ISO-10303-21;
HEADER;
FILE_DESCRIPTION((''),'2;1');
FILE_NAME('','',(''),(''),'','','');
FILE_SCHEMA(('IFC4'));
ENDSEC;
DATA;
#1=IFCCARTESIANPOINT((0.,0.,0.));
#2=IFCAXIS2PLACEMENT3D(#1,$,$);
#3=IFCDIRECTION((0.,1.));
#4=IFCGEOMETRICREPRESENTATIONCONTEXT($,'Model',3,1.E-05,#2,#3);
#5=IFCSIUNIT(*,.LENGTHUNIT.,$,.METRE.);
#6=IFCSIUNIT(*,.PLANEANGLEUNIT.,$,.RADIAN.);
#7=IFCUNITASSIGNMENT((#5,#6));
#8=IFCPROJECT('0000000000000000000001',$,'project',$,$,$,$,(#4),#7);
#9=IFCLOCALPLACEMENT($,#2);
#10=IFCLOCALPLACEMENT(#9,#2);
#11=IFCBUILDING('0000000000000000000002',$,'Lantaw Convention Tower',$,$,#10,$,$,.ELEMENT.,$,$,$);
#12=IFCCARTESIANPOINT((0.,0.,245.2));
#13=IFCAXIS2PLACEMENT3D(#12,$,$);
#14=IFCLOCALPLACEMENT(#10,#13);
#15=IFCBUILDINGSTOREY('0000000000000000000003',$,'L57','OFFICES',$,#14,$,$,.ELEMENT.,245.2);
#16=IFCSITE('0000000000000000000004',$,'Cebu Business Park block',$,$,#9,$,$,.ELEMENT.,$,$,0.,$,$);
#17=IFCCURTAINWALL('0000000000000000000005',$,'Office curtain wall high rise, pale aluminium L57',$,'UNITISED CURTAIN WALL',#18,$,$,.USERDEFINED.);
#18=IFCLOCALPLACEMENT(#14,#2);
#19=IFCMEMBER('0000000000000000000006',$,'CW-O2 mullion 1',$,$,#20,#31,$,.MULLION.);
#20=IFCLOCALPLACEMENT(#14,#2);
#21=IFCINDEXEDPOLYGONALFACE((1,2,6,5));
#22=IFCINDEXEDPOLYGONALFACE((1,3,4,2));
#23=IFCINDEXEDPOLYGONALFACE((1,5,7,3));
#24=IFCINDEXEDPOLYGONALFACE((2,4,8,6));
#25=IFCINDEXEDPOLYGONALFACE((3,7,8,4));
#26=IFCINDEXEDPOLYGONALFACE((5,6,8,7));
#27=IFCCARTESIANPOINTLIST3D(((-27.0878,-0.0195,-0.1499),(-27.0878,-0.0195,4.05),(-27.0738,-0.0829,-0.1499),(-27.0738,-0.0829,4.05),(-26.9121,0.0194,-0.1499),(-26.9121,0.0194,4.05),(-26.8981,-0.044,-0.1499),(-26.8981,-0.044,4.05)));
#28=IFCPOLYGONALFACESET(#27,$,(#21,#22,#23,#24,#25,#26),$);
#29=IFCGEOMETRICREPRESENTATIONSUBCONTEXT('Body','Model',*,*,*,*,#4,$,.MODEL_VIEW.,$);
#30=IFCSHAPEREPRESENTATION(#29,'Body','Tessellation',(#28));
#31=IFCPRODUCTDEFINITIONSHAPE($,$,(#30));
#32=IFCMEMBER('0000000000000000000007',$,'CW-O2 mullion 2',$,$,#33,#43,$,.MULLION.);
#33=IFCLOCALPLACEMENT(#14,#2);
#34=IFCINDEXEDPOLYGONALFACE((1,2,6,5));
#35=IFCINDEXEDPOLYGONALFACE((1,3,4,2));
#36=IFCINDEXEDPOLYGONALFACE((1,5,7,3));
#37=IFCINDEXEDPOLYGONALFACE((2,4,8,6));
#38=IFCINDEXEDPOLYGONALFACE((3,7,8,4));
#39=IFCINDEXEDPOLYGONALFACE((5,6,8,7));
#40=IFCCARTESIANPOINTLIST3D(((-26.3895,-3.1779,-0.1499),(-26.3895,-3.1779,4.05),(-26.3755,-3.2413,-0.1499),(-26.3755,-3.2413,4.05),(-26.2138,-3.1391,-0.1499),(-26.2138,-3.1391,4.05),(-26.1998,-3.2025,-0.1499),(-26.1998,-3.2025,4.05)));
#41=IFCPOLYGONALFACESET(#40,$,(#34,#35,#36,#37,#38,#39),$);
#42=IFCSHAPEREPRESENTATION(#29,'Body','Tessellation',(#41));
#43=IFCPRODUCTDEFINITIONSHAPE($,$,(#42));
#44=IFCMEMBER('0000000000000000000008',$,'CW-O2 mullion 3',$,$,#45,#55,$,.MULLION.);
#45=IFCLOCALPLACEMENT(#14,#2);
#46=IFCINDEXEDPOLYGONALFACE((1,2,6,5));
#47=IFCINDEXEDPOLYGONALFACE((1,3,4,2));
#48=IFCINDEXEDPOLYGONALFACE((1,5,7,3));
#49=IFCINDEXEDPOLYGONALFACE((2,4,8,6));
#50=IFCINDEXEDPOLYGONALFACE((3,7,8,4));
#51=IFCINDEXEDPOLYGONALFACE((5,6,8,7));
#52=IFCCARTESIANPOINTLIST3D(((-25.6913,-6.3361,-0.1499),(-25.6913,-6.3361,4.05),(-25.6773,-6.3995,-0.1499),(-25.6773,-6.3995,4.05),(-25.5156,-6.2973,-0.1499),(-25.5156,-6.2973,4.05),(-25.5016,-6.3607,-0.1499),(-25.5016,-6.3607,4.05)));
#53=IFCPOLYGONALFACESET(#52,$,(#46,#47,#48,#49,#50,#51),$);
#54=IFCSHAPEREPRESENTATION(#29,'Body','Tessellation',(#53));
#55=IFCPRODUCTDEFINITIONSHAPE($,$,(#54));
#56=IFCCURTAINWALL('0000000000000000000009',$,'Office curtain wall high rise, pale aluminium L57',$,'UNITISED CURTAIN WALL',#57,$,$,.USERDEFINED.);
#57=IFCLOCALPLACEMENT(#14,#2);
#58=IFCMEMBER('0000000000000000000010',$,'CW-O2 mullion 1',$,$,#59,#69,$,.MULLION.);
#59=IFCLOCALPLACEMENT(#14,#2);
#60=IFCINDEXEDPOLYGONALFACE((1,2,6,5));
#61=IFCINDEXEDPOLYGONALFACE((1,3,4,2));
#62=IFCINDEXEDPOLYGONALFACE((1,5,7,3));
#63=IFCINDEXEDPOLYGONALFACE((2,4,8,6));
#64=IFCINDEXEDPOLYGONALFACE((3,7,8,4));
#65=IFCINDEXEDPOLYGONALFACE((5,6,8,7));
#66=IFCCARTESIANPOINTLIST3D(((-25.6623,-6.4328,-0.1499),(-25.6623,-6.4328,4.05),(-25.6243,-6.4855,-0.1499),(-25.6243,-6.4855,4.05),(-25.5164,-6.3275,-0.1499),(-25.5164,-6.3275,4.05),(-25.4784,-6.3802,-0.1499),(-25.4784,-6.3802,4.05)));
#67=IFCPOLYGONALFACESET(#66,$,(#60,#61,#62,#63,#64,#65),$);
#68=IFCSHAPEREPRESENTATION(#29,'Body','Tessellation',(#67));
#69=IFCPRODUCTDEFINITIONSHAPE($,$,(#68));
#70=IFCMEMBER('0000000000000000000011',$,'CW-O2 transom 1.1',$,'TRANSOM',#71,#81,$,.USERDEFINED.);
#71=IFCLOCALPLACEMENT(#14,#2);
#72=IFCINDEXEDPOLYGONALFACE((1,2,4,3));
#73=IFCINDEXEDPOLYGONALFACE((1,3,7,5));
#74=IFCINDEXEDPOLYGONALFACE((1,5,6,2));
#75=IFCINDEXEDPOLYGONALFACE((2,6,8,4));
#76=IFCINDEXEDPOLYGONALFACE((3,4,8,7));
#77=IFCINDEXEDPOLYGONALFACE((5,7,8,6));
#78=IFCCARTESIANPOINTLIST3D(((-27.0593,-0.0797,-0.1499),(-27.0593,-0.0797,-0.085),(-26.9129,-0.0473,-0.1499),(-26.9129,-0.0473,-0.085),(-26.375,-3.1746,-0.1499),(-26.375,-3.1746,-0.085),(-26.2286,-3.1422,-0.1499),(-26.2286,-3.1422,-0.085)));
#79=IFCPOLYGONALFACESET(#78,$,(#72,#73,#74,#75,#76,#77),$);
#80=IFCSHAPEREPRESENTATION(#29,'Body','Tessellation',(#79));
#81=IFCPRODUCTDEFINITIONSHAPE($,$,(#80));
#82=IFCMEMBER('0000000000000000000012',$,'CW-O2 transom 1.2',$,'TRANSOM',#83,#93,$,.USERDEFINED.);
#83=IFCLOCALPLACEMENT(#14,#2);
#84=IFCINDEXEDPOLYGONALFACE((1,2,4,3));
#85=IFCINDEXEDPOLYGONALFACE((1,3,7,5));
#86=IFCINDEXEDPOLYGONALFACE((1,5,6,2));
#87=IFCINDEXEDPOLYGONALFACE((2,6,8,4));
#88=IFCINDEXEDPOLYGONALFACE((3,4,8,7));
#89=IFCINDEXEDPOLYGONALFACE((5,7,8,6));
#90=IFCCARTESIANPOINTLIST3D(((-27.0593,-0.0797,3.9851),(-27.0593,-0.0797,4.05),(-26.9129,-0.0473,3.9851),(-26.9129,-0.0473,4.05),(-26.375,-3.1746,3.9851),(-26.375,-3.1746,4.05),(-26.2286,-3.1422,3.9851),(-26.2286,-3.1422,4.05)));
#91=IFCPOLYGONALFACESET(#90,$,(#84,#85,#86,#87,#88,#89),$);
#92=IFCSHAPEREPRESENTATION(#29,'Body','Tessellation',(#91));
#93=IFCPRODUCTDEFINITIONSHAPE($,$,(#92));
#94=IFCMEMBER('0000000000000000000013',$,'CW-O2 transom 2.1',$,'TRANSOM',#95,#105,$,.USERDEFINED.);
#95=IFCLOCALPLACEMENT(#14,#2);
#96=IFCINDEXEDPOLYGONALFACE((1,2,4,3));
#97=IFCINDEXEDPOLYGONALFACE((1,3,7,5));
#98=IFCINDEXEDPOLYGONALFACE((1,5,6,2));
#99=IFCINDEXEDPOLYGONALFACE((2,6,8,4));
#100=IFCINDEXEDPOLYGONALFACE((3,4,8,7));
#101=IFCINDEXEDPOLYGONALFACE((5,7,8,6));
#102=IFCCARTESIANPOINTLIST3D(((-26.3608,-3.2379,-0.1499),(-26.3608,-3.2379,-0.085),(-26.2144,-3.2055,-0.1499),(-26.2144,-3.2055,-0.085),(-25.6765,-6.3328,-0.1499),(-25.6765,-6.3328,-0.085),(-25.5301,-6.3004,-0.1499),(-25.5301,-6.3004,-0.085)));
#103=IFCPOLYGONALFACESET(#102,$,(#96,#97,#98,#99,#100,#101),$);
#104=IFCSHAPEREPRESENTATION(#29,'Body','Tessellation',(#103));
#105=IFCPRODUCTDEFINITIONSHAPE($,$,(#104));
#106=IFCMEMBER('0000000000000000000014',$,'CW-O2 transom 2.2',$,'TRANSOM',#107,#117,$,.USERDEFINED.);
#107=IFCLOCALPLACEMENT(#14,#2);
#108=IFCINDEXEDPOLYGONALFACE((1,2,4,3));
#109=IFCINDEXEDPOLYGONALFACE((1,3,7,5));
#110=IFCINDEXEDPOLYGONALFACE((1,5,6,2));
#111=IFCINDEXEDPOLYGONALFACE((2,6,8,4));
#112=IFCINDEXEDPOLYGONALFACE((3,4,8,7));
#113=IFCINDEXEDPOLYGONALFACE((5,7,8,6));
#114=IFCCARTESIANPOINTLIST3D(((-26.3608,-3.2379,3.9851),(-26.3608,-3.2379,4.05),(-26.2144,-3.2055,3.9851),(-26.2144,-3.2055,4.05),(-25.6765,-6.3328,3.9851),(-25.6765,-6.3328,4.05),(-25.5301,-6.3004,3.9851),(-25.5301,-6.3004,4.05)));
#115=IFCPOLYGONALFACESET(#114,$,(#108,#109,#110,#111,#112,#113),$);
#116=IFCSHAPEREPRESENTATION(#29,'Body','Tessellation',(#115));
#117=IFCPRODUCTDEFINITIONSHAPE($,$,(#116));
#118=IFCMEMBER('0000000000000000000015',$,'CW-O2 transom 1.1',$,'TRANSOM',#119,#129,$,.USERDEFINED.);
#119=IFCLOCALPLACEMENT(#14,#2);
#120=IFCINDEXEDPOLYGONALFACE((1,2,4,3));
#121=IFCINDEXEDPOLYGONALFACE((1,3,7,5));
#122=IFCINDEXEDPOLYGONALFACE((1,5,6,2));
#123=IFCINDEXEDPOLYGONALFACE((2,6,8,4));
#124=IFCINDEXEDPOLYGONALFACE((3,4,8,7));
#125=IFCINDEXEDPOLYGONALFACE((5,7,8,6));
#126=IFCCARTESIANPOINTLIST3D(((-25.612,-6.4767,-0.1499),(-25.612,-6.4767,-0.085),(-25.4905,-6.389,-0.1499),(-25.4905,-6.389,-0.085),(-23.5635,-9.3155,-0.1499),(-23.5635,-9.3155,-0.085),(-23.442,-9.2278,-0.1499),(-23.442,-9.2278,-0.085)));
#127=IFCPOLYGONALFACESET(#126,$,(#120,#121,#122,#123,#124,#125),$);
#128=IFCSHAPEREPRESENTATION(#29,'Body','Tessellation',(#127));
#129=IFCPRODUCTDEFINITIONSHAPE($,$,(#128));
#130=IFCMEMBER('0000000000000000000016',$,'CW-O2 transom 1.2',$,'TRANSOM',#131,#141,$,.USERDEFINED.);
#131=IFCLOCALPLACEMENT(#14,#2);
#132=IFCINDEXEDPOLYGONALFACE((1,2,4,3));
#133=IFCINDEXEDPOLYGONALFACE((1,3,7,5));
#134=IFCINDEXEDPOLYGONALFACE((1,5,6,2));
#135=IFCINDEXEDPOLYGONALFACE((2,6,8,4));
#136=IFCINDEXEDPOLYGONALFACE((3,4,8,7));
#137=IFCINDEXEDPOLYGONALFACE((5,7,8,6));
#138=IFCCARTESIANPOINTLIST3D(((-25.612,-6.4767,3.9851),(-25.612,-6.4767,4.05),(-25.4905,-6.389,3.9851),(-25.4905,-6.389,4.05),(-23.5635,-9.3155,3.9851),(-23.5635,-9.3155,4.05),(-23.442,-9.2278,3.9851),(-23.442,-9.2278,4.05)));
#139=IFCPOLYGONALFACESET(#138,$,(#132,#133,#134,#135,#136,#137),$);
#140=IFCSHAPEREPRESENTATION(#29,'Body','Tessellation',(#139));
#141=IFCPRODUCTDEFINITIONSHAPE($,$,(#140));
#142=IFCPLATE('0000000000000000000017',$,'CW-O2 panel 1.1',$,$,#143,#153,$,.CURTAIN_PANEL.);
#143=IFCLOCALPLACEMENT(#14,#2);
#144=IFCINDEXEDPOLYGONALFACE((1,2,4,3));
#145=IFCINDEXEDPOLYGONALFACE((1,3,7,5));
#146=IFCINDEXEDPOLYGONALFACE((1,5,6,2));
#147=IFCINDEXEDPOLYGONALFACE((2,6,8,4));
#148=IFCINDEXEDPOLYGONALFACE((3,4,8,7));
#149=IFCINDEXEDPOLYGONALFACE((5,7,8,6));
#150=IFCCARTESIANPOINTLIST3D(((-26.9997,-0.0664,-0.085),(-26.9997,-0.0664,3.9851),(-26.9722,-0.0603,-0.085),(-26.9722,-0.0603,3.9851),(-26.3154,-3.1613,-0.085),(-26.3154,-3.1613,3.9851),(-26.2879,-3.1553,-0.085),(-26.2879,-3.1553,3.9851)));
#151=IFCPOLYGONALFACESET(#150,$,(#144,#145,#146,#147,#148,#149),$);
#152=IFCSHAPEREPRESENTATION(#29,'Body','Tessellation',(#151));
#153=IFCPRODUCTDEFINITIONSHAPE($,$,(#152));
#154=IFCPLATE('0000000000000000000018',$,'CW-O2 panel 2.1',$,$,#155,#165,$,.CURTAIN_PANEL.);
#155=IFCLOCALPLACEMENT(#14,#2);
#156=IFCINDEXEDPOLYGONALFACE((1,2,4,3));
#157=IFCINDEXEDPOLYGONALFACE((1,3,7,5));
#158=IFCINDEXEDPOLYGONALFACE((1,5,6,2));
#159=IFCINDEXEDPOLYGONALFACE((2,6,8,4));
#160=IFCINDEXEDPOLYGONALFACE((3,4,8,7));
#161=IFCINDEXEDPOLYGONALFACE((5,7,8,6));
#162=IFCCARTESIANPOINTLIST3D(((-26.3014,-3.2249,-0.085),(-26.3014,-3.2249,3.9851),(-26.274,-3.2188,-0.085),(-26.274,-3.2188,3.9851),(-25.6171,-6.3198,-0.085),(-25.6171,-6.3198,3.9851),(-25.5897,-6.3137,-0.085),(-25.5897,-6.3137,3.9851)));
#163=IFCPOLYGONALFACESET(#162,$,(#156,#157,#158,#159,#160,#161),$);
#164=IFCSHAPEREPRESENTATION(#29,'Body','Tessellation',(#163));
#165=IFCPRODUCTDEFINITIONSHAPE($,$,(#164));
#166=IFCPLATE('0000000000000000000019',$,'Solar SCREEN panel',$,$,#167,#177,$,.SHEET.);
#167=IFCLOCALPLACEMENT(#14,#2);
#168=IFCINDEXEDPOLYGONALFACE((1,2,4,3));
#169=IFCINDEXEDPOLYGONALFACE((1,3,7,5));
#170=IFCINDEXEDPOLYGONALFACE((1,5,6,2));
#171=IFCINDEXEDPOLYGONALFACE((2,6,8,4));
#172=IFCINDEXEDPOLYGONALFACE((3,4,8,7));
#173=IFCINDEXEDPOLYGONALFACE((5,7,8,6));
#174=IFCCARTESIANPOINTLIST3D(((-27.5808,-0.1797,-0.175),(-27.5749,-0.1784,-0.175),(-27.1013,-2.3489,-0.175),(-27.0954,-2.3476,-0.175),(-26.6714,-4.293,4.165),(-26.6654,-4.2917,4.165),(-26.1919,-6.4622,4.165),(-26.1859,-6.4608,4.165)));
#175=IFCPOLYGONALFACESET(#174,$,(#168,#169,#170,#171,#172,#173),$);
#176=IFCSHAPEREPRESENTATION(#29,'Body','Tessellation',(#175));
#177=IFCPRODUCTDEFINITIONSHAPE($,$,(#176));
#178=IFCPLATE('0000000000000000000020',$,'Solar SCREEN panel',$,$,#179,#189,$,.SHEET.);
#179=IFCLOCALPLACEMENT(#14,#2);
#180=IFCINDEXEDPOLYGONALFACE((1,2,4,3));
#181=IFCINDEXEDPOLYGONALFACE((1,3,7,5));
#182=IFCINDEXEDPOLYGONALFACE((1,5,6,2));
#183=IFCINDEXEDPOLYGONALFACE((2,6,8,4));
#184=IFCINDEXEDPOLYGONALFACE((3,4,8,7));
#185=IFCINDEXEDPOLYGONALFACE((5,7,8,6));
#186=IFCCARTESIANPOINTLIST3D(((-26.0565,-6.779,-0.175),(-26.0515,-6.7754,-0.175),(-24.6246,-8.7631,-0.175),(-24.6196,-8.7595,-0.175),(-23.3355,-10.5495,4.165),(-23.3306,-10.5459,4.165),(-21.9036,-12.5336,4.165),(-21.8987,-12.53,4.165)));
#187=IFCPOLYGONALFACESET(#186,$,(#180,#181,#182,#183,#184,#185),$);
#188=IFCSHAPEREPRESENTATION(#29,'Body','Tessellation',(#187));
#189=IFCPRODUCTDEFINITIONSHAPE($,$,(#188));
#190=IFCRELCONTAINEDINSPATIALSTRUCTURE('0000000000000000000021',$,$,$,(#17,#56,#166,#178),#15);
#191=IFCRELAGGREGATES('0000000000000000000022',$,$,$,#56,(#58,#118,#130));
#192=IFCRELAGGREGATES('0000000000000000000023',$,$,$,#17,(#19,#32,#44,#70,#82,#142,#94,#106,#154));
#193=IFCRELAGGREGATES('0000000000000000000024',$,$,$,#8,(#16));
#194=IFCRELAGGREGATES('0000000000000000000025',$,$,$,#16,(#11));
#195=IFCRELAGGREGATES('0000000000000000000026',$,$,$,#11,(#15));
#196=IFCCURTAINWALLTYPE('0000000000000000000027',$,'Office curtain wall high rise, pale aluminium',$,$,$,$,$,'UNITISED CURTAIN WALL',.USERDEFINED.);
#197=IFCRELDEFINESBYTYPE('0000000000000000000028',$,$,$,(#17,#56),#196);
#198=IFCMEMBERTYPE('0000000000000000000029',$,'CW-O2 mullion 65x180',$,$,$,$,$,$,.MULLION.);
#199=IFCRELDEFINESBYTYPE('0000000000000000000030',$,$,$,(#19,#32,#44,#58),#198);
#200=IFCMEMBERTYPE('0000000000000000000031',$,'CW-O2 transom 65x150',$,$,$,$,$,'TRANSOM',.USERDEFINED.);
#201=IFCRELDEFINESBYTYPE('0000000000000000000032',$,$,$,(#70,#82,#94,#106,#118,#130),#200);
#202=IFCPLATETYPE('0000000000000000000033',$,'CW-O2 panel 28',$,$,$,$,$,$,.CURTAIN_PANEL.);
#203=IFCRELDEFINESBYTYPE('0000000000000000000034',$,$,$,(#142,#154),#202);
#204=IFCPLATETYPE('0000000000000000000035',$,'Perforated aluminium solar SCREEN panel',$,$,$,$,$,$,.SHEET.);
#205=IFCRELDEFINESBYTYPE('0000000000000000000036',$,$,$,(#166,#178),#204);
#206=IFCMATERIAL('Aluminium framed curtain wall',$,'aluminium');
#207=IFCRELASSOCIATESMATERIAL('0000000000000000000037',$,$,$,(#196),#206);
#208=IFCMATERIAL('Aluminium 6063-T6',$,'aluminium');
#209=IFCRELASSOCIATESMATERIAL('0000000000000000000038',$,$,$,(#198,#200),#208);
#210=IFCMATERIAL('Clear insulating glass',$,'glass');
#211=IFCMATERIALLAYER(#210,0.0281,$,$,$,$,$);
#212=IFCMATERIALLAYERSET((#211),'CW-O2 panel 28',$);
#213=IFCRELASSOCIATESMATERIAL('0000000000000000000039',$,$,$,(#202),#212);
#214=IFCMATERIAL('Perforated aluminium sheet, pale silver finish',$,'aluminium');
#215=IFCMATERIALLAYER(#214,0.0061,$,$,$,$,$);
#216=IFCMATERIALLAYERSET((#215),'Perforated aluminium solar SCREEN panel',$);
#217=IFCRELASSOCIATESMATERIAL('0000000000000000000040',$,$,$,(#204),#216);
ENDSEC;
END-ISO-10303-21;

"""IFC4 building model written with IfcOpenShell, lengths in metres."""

from ifc_helpers import new_model, si_unit, direction, frame, origin, origin_2d, place, context, subcontext, project, spatial, polyline, rectangle, outline, extrude, material, layer, layer_set, material_profile, profile_set, type_object, element, aggregate, save


model = new_model("IFC4")

# Units and contexts
model_context = context("Model", 3, precision=1e-05, world=origin(), true_north=direction((0.0, 1.0)))
body_context = subcontext(model_context, "Body", "Model", "MODEL_VIEW")
ifc_project = project(units=[si_unit("LENGTHUNIT", "METRE"), si_unit("PLANEANGLEUNIT", "RADIAN")], contexts=[model_context])

# Site, building, storey
site_placement = place(None, origin())
site = spatial("IfcSite", under=ifc_project, at=site_placement, Name="Cebu Business Park block", CompositionType="ELEMENT", RefElevation=0.0)
building_placement = place(site_placement, origin())
building = spatial("IfcBuilding", under=site, at=building_placement, Name="Lantaw Convention Tower", CompositionType="ELEMENT")
storey_placement = place(building_placement, frame((0.0, 0.0, 245.2)))
storey = spatial("IfcBuildingStorey", under=building, at=storey_placement, Name="L57", Description="OFFICES", CompositionType="ELEMENT", Elevation=245.2)

# Curtain wall, members
ifc_material_1 = material(Name="Aluminium framed curtain wall", Category="aluminium")
curtain_wall_type = type_object("IfcCurtainWallType", Name="Office curtain wall high rise, pale aluminium", ElementType="UNITISED CURTAIN WALL", PredefinedType="USERDEFINED", material=ifc_material_1)
curtain_wall_1_placement = place(storey_placement, origin())
curtain_wall_1 = element("IfcCurtainWall", 1, at=curtain_wall_1_placement, inside=storey, type_object=curtain_wall_type, Name="Office curtain wall high rise, pale aluminium L57", ObjectType="UNITISED CURTAIN WALL", PredefinedType="USERDEFINED")
ifc_material_2 = material(Name="Aluminium 6063-T6", Category="aluminium")
ifc_material_profile_1 = material_profile(ifc_material_2, rectangle(XDim=0.1799, YDim=0.0649, at=origin_2d()), Name="CW-O2 mullion 65x180")
ifc_profile_set_1 = profile_set([ifc_material_profile_1], Name="Aluminium 6063-T6")
member_type_1 = type_object("IfcMemberType", Name="CW-O2 mullion 65x180", PredefinedType="MULLION", material=ifc_profile_set_1)
member_1_placement = place(storey_placement, frame((-26.9929, -0.0317, -0.1499), z_axis=(0.0, 0.0, 1.0), x_axis=(0.976417, 0.215891, 0.0)))
member_1 = element("IfcMember", 2, at=member_1_placement, type_object=member_type_1, Name="CW-O2 mullion 1", PredefinedType="MULLION", context=body_context, shape_type="SweptSolid", body=[
    extrude(rectangle(XDim=0.1799, YDim=0.0649, at=origin_2d()), origin(), (0.0, 0.0, 1.0), 4.2),
])
member_2_placement = place(storey_placement, frame((-26.2947, -3.1902, -0.1499), z_axis=(0.0, 0.0, 1.0), x_axis=(0.976417, 0.215891, 0.0)))
member_2 = element("IfcMember", 3, at=member_2_placement, type_object=member_type_1, Name="CW-O2 mullion 2", PredefinedType="MULLION", context=body_context, shape_type="SweptSolid", body=[
    extrude(rectangle(XDim=0.1799, YDim=0.0649, at=origin_2d()), origin(), (0.0, 0.0, 1.0), 4.2),
])
member_3_placement = place(storey_placement, frame((-25.5964, -6.3484, -0.1499), z_axis=(0.0, 0.0, 1.0), x_axis=(0.976417, 0.215891, 0.0)))
member_3 = element("IfcMember", 4, at=member_3_placement, type_object=member_type_1, Name="CW-O2 mullion 3", PredefinedType="MULLION", context=body_context, shape_type="SweptSolid", body=[
    extrude(rectangle(XDim=0.1799, YDim=0.0649, at=origin_2d()), origin(), (0.0, 0.0, 1.0), 4.2),
])

# Curtain wall, member
curtain_wall_2_placement = place(storey_placement, origin())
curtain_wall_2 = element("IfcCurtainWall", 5, at=curtain_wall_2_placement, inside=storey, type_object=curtain_wall_type, Name="Office curtain wall high rise, pale aluminium L57", ObjectType="UNITISED CURTAIN WALL", PredefinedType="USERDEFINED")
member_4_placement = place(storey_placement, frame((-25.5703, -6.4065, -0.1499), z_axis=(0.0, 0.0, 1.0), x_axis=(0.81092, 0.585158, 0.0)))
member_4 = element("IfcMember", 6, at=member_4_placement, type_object=member_type_1, Name="CW-O2 mullion 1", PredefinedType="MULLION", context=body_context, shape_type="SweptSolid", body=[
    extrude(rectangle(XDim=0.1799, YDim=0.0649, at=origin_2d()), origin(), (0.0, 0.0, 1.0), 4.2),
])

# Members
ifc_material_profile_2 = material_profile(ifc_material_2, rectangle(XDim=0.1499, YDim=0.0649, at=origin_2d()), Name="CW-O2 transom 65x150")
ifc_profile_set_2 = profile_set([ifc_material_profile_2], Name="Aluminium 6063-T6")
member_type_2 = type_object("IfcMemberType", Name="CW-O2 transom 65x150", ElementType="TRANSOM", PredefinedType="USERDEFINED", material=ifc_profile_set_2)
member_5_placement = place(storey_placement, frame((-26.9861, -0.0635, -0.1174), z_axis=(0.215895, -0.976417, 0.0), x_axis=(0.976417, 0.215895, 0.0)))
member_5 = element("IfcMember", 7, at=member_5_placement, type_object=member_type_2, Name="CW-O2 transom 1.1", ObjectType="TRANSOM", PredefinedType="USERDEFINED", context=body_context, shape_type="SweptSolid", body=[
    extrude(rectangle(XDim=0.1499, YDim=0.0649, at=origin_2d()), origin(), (0.0, 0.0, 1.0), 3.1697),
])
member_6_placement = place(storey_placement, frame((-26.9861, -0.0635, 4.0176), z_axis=(0.215895, -0.976417, 0.0), x_axis=(0.976417, 0.215895, 0.0)))
member_6 = element("IfcMember", 8, at=member_6_placement, type_object=member_type_2, Name="CW-O2 transom 1.2", ObjectType="TRANSOM", PredefinedType="USERDEFINED", context=body_context, shape_type="SweptSolid", body=[
    extrude(rectangle(XDim=0.1499, YDim=0.0649, at=origin_2d()), origin(), (0.0, 0.0, 1.0), 3.1697),
])
member_7_placement = place(storey_placement, frame((-26.2876, -3.2217, -0.1174), z_axis=(0.215895, -0.976417, 0.0), x_axis=(0.976417, 0.215895, 0.0)))
member_7 = element("IfcMember", 9, at=member_7_placement, type_object=member_type_2, Name="CW-O2 transom 2.1", ObjectType="TRANSOM", PredefinedType="USERDEFINED", context=body_context, shape_type="SweptSolid", body=[
    extrude(rectangle(XDim=0.1499, YDim=0.0649, at=origin_2d()), origin(), (0.0, 0.0, 1.0), 3.1697),
])
member_8_placement = place(storey_placement, frame((-26.2876, -3.2217, 4.0176), z_axis=(0.215895, -0.976417, 0.0), x_axis=(0.976417, 0.215895, 0.0)))
member_8 = element("IfcMember", 10, at=member_8_placement, type_object=member_type_2, Name="CW-O2 transom 2.2", ObjectType="TRANSOM", PredefinedType="USERDEFINED", context=body_context, shape_type="SweptSolid", body=[
    extrude(rectangle(XDim=0.1499, YDim=0.0649, at=origin_2d()), origin(), (0.0, 0.0, 1.0), 3.1697),
])
member_9_placement = place(storey_placement, frame((-25.5513, -6.4329, -0.1174), z_axis=(0.58517, -0.810911, 0.0), x_axis=(0.810911, 0.58517, 0.0)))
member_9 = element("IfcMember", 11, at=member_9_placement, type_object=member_type_2, Name="CW-O2 transom 1.1", ObjectType="TRANSOM", PredefinedType="USERDEFINED", context=body_context, shape_type="SweptSolid", body=[
    extrude(rectangle(XDim=0.1499, YDim=0.0649, at=origin_2d()), origin(), (0.0, 0.0, 1.0), 3.5007),
])
member_10_placement = place(storey_placement, frame((-25.5513, -6.4329, 4.0176), z_axis=(0.58517, -0.810911, 0.0), x_axis=(0.810911, 0.58517, 0.0)))
member_10 = element("IfcMember", 12, at=member_10_placement, type_object=member_type_2, Name="CW-O2 transom 1.2", ObjectType="TRANSOM", PredefinedType="USERDEFINED", context=body_context, shape_type="SweptSolid", body=[
    extrude(rectangle(XDim=0.1499, YDim=0.0649, at=origin_2d()), origin(), (0.0, 0.0, 1.0), 3.5007),
])
aggregate(curtain_wall_2, [member_4, member_9, member_10])

# Plates
ifc_material_3 = material(Name="Clear insulating glass", Category="glass")
ifc_layer_1 = layer(ifc_material_3, 0.0281)
ifc_layer_set_1 = layer_set([ifc_layer_1], Name="CW-O2 panel 28")
plate_type_1 = type_object("IfcPlateType", Name="CW-O2 panel 28", PredefinedType="CURTAIN_PANEL", material=ifc_layer_set_1)
plate_1_placement = place(storey_placement, frame((-26.6438, -1.6108, -0.085), z_axis=(0.0, 0.0, 1.0), x_axis=(0.215891, -0.976417, 0.0)))
plate_1 = element("IfcPlate", 13, at=plate_1_placement, type_object=plate_type_1, Name="CW-O2 panel 1.1", PredefinedType="CURTAIN_PANEL", context=body_context, shape_type="SweptSolid", body=[
    extrude(rectangle(XDim=3.1697, YDim=0.0281, at=origin_2d()), origin(), (0.0, 0.0, 1.0), 4.0701),
])
plate_2_placement = place(storey_placement, frame((-25.9456, -4.7693, -0.085), z_axis=(0.0, 0.0, 1.0), x_axis=(0.215891, -0.976417, 0.0)))
plate_2 = element("IfcPlate", 14, at=plate_2_placement, type_object=plate_type_1, Name="CW-O2 panel 2.1", PredefinedType="CURTAIN_PANEL", context=body_context, shape_type="SweptSolid", body=[
    extrude(rectangle(XDim=3.1697, YDim=0.0281, at=origin_2d()), origin(), (0.0, 0.0, 1.0), 4.0701),
])
aggregate(curtain_wall_1, [member_1, member_2, member_3, member_5, member_6, plate_1, member_7, member_8, plate_2])

# Plates
ifc_material_4 = material(Name="Perforated aluminium sheet, pale silver finish", Category="aluminium")
ifc_layer_2 = layer(ifc_material_4, 0.0061)
ifc_layer_set_2 = layer_set([ifc_layer_2], Name="Perforated aluminium solar SCREEN panel")
plate_type_2 = type_object("IfcPlateType", Name="Perforated aluminium solar SCREEN panel", PredefinedType="SHEET", material=ifc_layer_set_2)
plate_3_placement = place(storey_placement, frame((-27.5808, -0.1797, -0.175), z_axis=(-0.97643, -0.215837, 0.000044), x_axis=(0.215837, -0.97643, 0.0)))
element("IfcPlate", 15, at=plate_3_placement, inside=storey, type_object=plate_type_2, Name="Solar SCREEN panel", PredefinedType="SHEET", context=body_context, shape_type="SweptSolid", body=[
    extrude(outline(polyline([(0.0, 0.0), (2.2216, 0.0), (6.4342, 4.3401), (4.2126, 4.3401), (0.0, 0.0)])), origin(), (0.0, 0.0, -1.0), 0.0061),
])
plate_4_placement = place(storey_placement, frame((-26.0515, -6.7754, -0.175), z_axis=(0.810892, 0.585195, 0.00002), x_axis=(0.585195, -0.810892, 0.0)))
element("IfcPlate", 16, at=plate_4_placement, inside=storey, type_object=plate_type_2, Name="Solar SCREEN panel", PredefinedType="SHEET", context=body_context, shape_type="SweptSolid", body=[
    extrude(outline(polyline([(0.0, 0.0), (2.4468, 0.0), (7.0966, -4.3401), (4.6498, -4.3401), (0.0, 0.0)])), origin(), (0.0, 0.0, -1.0), 0.0061),
])

save(model, "model.ifc")
